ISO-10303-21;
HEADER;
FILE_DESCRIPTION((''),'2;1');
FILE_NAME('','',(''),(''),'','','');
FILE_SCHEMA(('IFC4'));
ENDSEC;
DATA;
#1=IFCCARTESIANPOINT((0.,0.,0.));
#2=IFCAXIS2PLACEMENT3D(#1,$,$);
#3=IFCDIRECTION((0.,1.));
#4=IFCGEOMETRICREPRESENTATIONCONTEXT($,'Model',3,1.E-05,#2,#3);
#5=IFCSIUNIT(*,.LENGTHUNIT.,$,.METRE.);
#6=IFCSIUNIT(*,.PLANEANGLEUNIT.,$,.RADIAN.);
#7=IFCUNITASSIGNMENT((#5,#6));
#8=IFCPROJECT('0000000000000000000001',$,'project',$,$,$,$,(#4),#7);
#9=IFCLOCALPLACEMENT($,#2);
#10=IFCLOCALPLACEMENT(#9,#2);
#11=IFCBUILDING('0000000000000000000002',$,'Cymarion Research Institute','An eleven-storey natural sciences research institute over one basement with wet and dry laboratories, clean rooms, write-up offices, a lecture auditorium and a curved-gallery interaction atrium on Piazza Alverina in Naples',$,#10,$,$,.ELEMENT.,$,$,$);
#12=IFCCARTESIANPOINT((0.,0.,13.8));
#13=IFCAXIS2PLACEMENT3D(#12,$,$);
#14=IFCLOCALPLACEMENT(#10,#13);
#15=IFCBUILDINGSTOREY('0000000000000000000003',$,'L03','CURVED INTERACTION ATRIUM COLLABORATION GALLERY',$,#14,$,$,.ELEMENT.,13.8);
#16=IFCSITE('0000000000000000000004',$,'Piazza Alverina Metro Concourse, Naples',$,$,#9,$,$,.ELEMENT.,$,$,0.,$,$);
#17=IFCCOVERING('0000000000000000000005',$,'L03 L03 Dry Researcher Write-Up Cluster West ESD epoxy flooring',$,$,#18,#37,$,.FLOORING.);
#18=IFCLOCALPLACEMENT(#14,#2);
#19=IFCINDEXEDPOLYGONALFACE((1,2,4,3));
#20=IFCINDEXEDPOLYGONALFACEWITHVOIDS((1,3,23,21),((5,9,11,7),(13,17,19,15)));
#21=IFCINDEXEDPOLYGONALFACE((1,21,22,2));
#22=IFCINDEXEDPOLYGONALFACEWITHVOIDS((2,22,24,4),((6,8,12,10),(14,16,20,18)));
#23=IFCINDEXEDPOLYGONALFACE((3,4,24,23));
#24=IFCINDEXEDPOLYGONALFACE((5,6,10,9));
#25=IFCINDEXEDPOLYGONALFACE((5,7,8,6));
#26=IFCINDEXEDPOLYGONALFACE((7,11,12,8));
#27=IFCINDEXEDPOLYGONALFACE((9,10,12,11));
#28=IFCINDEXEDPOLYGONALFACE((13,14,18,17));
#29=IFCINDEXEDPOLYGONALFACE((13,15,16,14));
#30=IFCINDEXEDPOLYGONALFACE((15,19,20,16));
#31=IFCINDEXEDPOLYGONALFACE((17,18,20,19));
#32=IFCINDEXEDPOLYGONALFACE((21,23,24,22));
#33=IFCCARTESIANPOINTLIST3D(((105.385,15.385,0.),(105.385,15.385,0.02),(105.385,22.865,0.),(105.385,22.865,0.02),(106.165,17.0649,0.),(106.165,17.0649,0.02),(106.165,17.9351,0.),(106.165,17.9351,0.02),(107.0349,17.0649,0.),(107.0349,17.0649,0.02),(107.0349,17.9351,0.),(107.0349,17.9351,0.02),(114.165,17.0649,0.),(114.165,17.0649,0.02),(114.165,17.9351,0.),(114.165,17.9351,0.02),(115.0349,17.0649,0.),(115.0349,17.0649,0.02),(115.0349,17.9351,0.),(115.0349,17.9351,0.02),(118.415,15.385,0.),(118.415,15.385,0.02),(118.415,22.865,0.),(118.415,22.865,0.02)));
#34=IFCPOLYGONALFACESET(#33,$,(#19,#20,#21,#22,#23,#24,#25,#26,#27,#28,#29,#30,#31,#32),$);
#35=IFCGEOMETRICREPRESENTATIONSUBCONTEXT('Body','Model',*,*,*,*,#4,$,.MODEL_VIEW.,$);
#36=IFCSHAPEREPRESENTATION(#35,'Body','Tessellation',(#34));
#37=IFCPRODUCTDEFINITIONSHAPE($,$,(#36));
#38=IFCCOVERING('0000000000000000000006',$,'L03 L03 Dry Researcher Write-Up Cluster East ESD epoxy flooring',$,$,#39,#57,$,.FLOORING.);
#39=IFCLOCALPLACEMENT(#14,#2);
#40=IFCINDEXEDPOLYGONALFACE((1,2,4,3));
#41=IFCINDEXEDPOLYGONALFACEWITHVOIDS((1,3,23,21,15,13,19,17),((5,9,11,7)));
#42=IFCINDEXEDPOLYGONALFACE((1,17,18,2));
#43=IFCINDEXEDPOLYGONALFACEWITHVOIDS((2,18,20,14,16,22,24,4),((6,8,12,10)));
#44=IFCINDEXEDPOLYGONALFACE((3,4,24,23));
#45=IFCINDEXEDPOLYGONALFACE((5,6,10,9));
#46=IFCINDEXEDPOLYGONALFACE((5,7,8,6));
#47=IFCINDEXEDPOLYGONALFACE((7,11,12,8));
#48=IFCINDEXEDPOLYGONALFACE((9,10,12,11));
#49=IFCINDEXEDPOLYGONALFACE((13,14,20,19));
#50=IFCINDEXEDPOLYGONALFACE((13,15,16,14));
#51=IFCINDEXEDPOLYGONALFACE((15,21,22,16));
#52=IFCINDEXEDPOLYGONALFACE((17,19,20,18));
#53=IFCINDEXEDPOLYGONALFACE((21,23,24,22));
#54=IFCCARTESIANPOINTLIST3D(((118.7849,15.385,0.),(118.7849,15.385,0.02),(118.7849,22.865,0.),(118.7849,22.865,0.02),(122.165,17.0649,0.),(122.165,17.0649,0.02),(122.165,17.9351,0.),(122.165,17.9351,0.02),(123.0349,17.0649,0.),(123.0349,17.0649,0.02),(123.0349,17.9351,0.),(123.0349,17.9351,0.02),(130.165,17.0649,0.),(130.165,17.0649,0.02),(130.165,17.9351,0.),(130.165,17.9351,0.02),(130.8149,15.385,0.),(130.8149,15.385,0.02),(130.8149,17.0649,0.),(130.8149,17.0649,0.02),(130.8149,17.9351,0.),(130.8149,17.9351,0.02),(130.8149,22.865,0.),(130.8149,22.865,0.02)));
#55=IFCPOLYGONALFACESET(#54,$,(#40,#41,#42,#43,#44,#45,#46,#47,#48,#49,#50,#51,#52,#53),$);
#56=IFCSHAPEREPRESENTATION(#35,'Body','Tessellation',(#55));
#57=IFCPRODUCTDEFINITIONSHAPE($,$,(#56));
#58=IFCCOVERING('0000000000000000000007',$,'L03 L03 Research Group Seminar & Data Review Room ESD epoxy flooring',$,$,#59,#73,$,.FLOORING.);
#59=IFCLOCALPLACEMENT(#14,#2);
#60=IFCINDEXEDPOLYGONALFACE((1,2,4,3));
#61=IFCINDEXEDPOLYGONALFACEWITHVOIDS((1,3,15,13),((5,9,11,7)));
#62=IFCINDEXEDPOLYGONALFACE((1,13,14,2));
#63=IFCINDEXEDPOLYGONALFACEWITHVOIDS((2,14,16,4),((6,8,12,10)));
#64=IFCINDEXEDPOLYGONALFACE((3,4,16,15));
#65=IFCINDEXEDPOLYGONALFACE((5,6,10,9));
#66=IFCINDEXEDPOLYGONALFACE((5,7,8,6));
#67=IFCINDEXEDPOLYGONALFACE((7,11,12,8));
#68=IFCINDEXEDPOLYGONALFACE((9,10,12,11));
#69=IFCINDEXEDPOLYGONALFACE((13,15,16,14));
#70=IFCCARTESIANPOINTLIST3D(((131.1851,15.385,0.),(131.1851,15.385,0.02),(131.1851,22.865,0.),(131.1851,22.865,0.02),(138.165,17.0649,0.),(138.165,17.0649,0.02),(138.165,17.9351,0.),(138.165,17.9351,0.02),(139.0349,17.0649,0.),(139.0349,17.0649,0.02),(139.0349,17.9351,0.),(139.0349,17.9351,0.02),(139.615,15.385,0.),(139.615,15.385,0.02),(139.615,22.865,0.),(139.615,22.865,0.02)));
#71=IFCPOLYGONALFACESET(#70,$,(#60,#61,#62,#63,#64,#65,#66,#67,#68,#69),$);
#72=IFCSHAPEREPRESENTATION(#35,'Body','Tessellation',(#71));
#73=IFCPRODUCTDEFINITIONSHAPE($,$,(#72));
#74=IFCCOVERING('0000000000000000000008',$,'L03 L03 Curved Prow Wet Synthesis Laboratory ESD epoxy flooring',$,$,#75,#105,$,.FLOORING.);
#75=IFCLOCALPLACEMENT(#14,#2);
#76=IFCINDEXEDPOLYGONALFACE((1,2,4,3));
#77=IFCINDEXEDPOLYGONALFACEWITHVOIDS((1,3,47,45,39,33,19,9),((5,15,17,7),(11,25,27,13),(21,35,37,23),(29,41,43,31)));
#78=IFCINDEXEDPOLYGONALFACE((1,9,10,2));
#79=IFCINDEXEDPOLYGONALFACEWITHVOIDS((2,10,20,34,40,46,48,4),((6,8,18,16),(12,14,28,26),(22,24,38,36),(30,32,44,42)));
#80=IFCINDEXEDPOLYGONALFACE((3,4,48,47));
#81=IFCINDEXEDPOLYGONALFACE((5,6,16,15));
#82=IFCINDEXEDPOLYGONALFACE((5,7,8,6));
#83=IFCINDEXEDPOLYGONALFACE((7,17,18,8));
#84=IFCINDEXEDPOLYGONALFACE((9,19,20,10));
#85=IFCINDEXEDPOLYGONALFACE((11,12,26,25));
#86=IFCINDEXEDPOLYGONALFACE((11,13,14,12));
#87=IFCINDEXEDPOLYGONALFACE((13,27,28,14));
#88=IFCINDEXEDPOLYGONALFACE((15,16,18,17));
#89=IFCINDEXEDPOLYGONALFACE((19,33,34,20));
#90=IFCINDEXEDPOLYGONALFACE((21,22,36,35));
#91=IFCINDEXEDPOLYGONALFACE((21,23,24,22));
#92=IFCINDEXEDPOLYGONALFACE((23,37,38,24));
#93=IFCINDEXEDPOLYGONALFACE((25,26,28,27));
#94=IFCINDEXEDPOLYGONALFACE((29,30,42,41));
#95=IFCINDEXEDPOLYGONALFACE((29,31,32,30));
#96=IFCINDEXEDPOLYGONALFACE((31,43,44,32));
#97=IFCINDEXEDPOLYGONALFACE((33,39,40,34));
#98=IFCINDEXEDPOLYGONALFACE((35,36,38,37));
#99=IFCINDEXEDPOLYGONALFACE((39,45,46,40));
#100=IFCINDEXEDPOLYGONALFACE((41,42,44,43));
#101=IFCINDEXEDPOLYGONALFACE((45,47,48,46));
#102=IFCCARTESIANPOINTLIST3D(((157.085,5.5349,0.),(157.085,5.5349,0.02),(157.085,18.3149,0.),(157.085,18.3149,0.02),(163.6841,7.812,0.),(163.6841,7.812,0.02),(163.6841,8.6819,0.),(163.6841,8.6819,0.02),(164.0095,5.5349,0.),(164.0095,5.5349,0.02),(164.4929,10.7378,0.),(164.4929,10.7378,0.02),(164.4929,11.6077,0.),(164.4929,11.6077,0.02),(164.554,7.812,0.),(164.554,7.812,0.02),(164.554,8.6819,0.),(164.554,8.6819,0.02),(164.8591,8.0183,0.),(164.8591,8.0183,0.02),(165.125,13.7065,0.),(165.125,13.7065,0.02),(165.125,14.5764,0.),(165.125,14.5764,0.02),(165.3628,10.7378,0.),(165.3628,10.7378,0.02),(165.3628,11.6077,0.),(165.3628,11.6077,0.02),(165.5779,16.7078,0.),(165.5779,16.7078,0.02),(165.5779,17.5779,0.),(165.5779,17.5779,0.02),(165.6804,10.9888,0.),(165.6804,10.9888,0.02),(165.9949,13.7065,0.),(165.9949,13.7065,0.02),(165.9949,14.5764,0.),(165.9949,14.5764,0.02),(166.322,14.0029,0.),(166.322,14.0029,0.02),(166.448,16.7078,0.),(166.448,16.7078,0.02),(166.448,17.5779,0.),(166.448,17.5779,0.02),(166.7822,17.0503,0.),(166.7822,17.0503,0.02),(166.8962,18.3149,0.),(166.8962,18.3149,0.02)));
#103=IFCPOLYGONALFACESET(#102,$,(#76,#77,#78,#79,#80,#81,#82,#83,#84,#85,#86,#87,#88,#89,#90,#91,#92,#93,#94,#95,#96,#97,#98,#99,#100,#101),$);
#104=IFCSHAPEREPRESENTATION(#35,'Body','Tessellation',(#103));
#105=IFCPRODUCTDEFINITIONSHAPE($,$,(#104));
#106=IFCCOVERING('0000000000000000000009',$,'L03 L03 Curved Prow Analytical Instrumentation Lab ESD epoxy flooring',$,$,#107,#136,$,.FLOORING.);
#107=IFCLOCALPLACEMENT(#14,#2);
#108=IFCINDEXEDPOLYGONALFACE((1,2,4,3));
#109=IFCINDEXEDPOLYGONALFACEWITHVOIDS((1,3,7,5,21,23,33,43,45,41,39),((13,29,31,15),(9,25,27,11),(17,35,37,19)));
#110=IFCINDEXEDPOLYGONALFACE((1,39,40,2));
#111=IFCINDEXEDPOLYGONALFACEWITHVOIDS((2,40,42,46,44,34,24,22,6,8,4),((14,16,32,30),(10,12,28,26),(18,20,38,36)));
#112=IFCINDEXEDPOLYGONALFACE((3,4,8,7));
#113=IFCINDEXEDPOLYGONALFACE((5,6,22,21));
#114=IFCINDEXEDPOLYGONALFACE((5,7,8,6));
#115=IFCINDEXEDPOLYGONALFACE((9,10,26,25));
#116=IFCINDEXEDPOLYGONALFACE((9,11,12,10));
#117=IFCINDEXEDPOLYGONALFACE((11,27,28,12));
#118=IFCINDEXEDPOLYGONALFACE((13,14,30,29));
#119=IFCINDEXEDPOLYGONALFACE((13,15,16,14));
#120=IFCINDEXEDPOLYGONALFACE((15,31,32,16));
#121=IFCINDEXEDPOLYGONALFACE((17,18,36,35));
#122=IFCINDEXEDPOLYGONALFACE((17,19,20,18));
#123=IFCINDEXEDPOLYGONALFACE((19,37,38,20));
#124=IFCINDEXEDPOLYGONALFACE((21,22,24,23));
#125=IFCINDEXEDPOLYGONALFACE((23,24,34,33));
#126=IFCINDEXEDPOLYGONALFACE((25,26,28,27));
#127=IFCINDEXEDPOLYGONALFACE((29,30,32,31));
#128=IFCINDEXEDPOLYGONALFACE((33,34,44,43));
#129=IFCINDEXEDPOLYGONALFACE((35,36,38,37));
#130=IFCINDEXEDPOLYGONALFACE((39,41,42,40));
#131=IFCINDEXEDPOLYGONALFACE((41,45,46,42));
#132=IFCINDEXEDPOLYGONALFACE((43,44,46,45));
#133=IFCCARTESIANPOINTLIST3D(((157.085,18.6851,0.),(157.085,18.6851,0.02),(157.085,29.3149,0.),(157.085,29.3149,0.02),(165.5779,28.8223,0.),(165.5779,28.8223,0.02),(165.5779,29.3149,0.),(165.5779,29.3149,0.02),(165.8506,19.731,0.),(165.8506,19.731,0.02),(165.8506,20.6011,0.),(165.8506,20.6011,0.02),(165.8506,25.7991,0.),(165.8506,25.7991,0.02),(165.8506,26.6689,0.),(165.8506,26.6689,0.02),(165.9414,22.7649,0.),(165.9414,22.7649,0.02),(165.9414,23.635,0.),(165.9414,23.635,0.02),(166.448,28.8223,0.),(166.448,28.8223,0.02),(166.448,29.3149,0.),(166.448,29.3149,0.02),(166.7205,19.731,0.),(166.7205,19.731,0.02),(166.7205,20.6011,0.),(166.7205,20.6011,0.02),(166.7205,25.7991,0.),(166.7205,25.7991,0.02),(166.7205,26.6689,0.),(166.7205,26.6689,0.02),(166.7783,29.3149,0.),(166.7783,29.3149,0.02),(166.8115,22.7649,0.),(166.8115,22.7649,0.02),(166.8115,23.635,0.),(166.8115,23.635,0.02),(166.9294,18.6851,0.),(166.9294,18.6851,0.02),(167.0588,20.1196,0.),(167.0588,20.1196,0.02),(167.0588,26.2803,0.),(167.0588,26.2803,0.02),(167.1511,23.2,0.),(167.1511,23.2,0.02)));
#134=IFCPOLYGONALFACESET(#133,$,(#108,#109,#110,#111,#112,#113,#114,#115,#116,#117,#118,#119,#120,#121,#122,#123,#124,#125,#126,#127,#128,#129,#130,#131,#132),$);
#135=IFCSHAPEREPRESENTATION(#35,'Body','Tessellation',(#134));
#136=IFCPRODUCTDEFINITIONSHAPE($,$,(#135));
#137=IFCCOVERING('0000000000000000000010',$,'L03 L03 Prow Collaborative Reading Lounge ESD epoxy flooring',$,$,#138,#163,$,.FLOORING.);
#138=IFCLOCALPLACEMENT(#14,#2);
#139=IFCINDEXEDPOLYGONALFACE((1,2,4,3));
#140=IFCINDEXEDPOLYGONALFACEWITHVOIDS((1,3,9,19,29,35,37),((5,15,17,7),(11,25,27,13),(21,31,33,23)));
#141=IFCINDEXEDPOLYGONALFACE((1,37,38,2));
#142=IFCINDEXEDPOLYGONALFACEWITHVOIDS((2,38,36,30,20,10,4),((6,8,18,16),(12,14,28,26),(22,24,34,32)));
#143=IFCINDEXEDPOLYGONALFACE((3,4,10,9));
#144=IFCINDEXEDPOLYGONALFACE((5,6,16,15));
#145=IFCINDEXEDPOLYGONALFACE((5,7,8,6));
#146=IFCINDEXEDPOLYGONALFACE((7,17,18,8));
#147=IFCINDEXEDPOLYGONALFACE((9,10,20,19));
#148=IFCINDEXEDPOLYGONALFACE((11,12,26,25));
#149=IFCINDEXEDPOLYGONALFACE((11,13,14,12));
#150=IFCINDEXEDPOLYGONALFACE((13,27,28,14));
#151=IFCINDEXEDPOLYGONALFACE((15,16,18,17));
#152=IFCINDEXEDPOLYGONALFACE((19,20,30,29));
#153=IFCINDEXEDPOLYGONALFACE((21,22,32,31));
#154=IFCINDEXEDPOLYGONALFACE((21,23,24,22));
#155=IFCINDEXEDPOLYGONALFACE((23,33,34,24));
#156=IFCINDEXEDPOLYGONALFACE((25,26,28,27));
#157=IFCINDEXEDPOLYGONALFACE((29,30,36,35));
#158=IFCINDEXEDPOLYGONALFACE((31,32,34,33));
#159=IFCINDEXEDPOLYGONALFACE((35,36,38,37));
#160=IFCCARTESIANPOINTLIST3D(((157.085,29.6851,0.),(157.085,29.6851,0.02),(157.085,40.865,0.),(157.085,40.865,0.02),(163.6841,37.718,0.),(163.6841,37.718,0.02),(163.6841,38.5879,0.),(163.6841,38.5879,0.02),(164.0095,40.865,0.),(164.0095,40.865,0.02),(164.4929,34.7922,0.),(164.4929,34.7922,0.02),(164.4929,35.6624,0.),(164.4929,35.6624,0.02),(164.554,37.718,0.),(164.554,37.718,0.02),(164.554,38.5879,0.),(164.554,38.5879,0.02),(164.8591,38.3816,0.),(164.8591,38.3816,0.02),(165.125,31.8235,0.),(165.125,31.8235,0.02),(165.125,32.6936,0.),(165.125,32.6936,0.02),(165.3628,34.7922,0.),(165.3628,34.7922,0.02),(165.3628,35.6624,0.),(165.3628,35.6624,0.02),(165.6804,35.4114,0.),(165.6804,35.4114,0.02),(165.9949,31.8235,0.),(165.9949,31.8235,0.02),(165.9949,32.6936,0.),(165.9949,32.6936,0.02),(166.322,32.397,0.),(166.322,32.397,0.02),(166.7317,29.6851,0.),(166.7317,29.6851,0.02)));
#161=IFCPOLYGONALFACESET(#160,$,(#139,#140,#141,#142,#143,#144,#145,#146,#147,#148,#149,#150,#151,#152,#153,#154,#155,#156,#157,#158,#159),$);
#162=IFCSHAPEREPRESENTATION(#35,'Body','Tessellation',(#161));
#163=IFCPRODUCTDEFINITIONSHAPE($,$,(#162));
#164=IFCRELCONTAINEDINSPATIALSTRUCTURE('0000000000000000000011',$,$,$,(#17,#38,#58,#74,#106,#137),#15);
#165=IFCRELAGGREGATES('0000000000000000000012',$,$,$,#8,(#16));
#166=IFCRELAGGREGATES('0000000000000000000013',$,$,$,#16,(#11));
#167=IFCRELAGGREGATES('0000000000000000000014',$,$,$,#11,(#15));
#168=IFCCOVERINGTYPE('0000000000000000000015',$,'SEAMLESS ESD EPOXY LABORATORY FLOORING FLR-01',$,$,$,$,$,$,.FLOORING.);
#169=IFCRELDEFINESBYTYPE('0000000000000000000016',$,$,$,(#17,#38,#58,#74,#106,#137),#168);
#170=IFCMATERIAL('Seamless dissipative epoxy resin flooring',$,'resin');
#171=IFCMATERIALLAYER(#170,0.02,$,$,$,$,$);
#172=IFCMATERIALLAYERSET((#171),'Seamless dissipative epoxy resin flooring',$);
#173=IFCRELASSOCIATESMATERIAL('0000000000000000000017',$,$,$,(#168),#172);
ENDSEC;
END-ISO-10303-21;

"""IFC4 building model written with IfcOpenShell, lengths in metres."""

from ifc_helpers import new_model, si_unit, direction, frame, origin, place, context, subcontext, project, spatial, polyline, outline, extrude, material, layer, layer_set, type_object, element, save


model = new_model("IFC4")

# Units and contexts
model_context = context("Model", 3, precision=1e-05, world=origin(), true_north=direction((0.0, 1.0)))
body_context = subcontext(model_context, "Body", "Model", "MODEL_VIEW")
ifc_project = project(units=[si_unit("LENGTHUNIT", "METRE"), si_unit("PLANEANGLEUNIT", "RADIAN")], contexts=[model_context])

# Site, building, storey
site_placement = place(None, origin())
site = spatial("IfcSite", under=ifc_project, at=site_placement, Name="Piazza Alverina Metro Concourse, Naples", CompositionType="ELEMENT", RefElevation=0.0)
building_placement = place(site_placement, origin())
building = spatial("IfcBuilding", under=site, at=building_placement, Name="Cymarion Research Institute", Description="An eleven-storey natural sciences research institute over one basement with wet and dry laboratories, clean rooms, write-up offices, a lecture auditorium and a curved-gallery interaction atrium on Piazza Alverina in Naples", CompositionType="ELEMENT")
storey_placement = place(building_placement, frame((0.0, 0.0, 13.8)))
storey = spatial("IfcBuildingStorey", under=building, at=storey_placement, Name="L03", Description="CURVED INTERACTION ATRIUM COLLABORATION GALLERY", CompositionType="ELEMENT", Elevation=13.8)

# Coverings
ifc_material_1 = material(Name="Seamless dissipative epoxy resin flooring", Category="resin")
ifc_layer_1 = layer(ifc_material_1, 0.02)
ifc_layer_set_1 = layer_set([ifc_layer_1], Name="Seamless dissipative epoxy resin flooring")
covering_type_1 = type_object("IfcCoveringType", Name="SEAMLESS ESD EPOXY LABORATORY FLOORING FLR-01", PredefinedType="FLOORING", material=ifc_layer_set_1)
covering_1_placement = place(storey_placement, origin())
element("IfcCovering", 1, at=covering_1_placement, inside=storey, type_object=covering_type_1, Name="L03 L03 Dry Researcher Write-Up Cluster West ESD epoxy flooring", PredefinedType="FLOORING", context=body_context, shape_type="SweptSolid", body=[
    extrude(outline(polyline([(105.385, 22.865), (118.415, 22.865), (118.415, 15.385), (105.385, 15.385), (105.385, 22.865)]), holes=[polyline([(114.165, 17.9351), (114.165, 17.0649), (115.0349, 17.0649), (115.0349, 17.9351), (114.165, 17.9351)]), polyline([(107.0349, 17.9351), (106.165, 17.9351), (106.165, 17.0649), (107.0349, 17.0649), (107.0349, 17.9351)])]), origin(), (0.0, 0.0, 1.0), 0.02),
])
covering_2_placement = place(storey_placement, origin())
element("IfcCovering", 2, at=covering_2_placement, inside=storey, type_object=covering_type_1, Name="L03 L03 Dry Researcher Write-Up Cluster East ESD epoxy flooring", PredefinedType="FLOORING", context=body_context, shape_type="SweptSolid", body=[
    extrude(outline(polyline([(118.7849, 22.865), (130.8149, 22.865), (130.8149, 17.9351), (130.165, 17.9351), (130.165, 17.0649), (130.8149, 17.0649), (130.8149, 15.385), (118.7849, 15.385), (118.7849, 22.865)]), holes=[polyline([(123.0349, 17.9351), (122.165, 17.9351), (122.165, 17.0649), (123.0349, 17.0649), (123.0349, 17.9351)])]), origin(), (0.0, 0.0, 1.0), 0.02),
])
covering_3_placement = place(storey_placement, origin())
element("IfcCovering", 3, at=covering_3_placement, inside=storey, type_object=covering_type_1, Name="L03 L03 Research Group Seminar & Data Review Room ESD epoxy flooring", PredefinedType="FLOORING", context=body_context, shape_type="SweptSolid", body=[
    extrude(outline(polyline([(131.1851, 22.865), (139.615, 22.865), (139.615, 15.385), (131.1851, 15.385), (131.1851, 22.865)]), holes=[polyline([(139.0349, 17.9351), (138.165, 17.9351), (138.165, 17.0649), (139.0349, 17.0649), (139.0349, 17.9351)])]), origin(), (0.0, 0.0, 1.0), 0.02),
])
covering_4_placement = place(storey_placement, origin())
element("IfcCovering", 4, at=covering_4_placement, inside=storey, type_object=covering_type_1, Name="L03 L03 Curved Prow Wet Synthesis Laboratory ESD epoxy flooring", PredefinedType="FLOORING", context=body_context, shape_type="SweptSolid", body=[
    extrude(outline(polyline([(157.085, 18.3149), (166.8962, 18.3149), (166.7822, 17.0503), (166.322, 14.0029), (165.6804, 10.9888), (164.8591, 8.0183), (164.0095, 5.5349), (157.085, 5.5349), (157.085, 18.3149)]), holes=[polyline([(166.448, 17.5779), (165.5779, 17.5779), (165.5779, 16.7078), (166.448, 16.7078), (166.448, 17.5779)]), polyline([(165.125, 14.5764), (165.125, 13.7065), (165.9949, 13.7065), (165.9949, 14.5764), (165.125, 14.5764)]), polyline([(165.3628, 11.6077), (164.4929, 11.6077), (164.4929, 10.7378), (165.3628, 10.7378), (165.3628, 11.6077)]), polyline([(164.554, 8.6819), (163.6841, 8.6819), (163.6841, 7.812), (164.554, 7.812), (164.554, 8.6819)])]), origin(), (0.0, 0.0, 1.0), 0.02),
])
covering_5_placement = place(storey_placement, origin())
element("IfcCovering", 5, at=covering_5_placement, inside=storey, type_object=covering_type_1, Name="L03 L03 Curved Prow Analytical Instrumentation Lab ESD epoxy flooring", PredefinedType="FLOORING", context=body_context, shape_type="SweptSolid", body=[
    extrude(outline(polyline([(157.085, 29.3149), (165.5779, 29.3149), (165.5779, 28.8223), (166.448, 28.8223), (166.448, 29.3149), (166.7783, 29.3149), (167.0588, 26.2803), (167.1511, 23.2), (167.0588, 20.1196), (166.9294, 18.6851), (157.085, 18.6851), (157.085, 29.3149)]), holes=[polyline([(166.8115, 23.635), (165.9414, 23.635), (165.9414, 22.7649), (166.8115, 22.7649), (166.8115, 23.635)]), polyline([(166.7205, 20.6011), (165.8506, 20.6011), (165.8506, 19.731), (166.7205, 19.731), (166.7205, 20.6011)]), polyline([(166.7205, 26.6689), (165.8506, 26.6689), (165.8506, 25.7991), (166.7205, 25.7991), (166.7205, 26.6689)])]), origin(), (0.0, 0.0, 1.0), 0.02),
])
covering_6_placement = place(storey_placement, origin())
element("IfcCovering", 6, at=covering_6_placement, inside=storey, type_object=covering_type_1, Name="L03 L03 Prow Collaborative Reading Lounge ESD epoxy flooring", PredefinedType="FLOORING", context=body_context, shape_type="SweptSolid", body=[
    extrude(outline(polyline([(157.085, 40.865), (164.0095, 40.865), (164.8591, 38.3816), (165.6804, 35.4114), (166.322, 32.397), (166.7317, 29.6851), (157.085, 29.6851), (157.085, 40.865)]), holes=[polyline([(165.9949, 32.6936), (165.125, 32.6936), (165.125, 31.8235), (165.9949, 31.8235), (165.9949, 32.6936)]), polyline([(165.3628, 35.6624), (164.4929, 35.6624), (164.4929, 34.7922), (165.3628, 34.7922), (165.3628, 35.6624)]), polyline([(164.554, 38.5879), (163.6841, 38.5879), (163.6841, 37.718), (164.554, 37.718), (164.554, 38.5879)])]), origin(), (0.0, 0.0, 1.0), 0.02),
])

save(model, "model.ifc")
